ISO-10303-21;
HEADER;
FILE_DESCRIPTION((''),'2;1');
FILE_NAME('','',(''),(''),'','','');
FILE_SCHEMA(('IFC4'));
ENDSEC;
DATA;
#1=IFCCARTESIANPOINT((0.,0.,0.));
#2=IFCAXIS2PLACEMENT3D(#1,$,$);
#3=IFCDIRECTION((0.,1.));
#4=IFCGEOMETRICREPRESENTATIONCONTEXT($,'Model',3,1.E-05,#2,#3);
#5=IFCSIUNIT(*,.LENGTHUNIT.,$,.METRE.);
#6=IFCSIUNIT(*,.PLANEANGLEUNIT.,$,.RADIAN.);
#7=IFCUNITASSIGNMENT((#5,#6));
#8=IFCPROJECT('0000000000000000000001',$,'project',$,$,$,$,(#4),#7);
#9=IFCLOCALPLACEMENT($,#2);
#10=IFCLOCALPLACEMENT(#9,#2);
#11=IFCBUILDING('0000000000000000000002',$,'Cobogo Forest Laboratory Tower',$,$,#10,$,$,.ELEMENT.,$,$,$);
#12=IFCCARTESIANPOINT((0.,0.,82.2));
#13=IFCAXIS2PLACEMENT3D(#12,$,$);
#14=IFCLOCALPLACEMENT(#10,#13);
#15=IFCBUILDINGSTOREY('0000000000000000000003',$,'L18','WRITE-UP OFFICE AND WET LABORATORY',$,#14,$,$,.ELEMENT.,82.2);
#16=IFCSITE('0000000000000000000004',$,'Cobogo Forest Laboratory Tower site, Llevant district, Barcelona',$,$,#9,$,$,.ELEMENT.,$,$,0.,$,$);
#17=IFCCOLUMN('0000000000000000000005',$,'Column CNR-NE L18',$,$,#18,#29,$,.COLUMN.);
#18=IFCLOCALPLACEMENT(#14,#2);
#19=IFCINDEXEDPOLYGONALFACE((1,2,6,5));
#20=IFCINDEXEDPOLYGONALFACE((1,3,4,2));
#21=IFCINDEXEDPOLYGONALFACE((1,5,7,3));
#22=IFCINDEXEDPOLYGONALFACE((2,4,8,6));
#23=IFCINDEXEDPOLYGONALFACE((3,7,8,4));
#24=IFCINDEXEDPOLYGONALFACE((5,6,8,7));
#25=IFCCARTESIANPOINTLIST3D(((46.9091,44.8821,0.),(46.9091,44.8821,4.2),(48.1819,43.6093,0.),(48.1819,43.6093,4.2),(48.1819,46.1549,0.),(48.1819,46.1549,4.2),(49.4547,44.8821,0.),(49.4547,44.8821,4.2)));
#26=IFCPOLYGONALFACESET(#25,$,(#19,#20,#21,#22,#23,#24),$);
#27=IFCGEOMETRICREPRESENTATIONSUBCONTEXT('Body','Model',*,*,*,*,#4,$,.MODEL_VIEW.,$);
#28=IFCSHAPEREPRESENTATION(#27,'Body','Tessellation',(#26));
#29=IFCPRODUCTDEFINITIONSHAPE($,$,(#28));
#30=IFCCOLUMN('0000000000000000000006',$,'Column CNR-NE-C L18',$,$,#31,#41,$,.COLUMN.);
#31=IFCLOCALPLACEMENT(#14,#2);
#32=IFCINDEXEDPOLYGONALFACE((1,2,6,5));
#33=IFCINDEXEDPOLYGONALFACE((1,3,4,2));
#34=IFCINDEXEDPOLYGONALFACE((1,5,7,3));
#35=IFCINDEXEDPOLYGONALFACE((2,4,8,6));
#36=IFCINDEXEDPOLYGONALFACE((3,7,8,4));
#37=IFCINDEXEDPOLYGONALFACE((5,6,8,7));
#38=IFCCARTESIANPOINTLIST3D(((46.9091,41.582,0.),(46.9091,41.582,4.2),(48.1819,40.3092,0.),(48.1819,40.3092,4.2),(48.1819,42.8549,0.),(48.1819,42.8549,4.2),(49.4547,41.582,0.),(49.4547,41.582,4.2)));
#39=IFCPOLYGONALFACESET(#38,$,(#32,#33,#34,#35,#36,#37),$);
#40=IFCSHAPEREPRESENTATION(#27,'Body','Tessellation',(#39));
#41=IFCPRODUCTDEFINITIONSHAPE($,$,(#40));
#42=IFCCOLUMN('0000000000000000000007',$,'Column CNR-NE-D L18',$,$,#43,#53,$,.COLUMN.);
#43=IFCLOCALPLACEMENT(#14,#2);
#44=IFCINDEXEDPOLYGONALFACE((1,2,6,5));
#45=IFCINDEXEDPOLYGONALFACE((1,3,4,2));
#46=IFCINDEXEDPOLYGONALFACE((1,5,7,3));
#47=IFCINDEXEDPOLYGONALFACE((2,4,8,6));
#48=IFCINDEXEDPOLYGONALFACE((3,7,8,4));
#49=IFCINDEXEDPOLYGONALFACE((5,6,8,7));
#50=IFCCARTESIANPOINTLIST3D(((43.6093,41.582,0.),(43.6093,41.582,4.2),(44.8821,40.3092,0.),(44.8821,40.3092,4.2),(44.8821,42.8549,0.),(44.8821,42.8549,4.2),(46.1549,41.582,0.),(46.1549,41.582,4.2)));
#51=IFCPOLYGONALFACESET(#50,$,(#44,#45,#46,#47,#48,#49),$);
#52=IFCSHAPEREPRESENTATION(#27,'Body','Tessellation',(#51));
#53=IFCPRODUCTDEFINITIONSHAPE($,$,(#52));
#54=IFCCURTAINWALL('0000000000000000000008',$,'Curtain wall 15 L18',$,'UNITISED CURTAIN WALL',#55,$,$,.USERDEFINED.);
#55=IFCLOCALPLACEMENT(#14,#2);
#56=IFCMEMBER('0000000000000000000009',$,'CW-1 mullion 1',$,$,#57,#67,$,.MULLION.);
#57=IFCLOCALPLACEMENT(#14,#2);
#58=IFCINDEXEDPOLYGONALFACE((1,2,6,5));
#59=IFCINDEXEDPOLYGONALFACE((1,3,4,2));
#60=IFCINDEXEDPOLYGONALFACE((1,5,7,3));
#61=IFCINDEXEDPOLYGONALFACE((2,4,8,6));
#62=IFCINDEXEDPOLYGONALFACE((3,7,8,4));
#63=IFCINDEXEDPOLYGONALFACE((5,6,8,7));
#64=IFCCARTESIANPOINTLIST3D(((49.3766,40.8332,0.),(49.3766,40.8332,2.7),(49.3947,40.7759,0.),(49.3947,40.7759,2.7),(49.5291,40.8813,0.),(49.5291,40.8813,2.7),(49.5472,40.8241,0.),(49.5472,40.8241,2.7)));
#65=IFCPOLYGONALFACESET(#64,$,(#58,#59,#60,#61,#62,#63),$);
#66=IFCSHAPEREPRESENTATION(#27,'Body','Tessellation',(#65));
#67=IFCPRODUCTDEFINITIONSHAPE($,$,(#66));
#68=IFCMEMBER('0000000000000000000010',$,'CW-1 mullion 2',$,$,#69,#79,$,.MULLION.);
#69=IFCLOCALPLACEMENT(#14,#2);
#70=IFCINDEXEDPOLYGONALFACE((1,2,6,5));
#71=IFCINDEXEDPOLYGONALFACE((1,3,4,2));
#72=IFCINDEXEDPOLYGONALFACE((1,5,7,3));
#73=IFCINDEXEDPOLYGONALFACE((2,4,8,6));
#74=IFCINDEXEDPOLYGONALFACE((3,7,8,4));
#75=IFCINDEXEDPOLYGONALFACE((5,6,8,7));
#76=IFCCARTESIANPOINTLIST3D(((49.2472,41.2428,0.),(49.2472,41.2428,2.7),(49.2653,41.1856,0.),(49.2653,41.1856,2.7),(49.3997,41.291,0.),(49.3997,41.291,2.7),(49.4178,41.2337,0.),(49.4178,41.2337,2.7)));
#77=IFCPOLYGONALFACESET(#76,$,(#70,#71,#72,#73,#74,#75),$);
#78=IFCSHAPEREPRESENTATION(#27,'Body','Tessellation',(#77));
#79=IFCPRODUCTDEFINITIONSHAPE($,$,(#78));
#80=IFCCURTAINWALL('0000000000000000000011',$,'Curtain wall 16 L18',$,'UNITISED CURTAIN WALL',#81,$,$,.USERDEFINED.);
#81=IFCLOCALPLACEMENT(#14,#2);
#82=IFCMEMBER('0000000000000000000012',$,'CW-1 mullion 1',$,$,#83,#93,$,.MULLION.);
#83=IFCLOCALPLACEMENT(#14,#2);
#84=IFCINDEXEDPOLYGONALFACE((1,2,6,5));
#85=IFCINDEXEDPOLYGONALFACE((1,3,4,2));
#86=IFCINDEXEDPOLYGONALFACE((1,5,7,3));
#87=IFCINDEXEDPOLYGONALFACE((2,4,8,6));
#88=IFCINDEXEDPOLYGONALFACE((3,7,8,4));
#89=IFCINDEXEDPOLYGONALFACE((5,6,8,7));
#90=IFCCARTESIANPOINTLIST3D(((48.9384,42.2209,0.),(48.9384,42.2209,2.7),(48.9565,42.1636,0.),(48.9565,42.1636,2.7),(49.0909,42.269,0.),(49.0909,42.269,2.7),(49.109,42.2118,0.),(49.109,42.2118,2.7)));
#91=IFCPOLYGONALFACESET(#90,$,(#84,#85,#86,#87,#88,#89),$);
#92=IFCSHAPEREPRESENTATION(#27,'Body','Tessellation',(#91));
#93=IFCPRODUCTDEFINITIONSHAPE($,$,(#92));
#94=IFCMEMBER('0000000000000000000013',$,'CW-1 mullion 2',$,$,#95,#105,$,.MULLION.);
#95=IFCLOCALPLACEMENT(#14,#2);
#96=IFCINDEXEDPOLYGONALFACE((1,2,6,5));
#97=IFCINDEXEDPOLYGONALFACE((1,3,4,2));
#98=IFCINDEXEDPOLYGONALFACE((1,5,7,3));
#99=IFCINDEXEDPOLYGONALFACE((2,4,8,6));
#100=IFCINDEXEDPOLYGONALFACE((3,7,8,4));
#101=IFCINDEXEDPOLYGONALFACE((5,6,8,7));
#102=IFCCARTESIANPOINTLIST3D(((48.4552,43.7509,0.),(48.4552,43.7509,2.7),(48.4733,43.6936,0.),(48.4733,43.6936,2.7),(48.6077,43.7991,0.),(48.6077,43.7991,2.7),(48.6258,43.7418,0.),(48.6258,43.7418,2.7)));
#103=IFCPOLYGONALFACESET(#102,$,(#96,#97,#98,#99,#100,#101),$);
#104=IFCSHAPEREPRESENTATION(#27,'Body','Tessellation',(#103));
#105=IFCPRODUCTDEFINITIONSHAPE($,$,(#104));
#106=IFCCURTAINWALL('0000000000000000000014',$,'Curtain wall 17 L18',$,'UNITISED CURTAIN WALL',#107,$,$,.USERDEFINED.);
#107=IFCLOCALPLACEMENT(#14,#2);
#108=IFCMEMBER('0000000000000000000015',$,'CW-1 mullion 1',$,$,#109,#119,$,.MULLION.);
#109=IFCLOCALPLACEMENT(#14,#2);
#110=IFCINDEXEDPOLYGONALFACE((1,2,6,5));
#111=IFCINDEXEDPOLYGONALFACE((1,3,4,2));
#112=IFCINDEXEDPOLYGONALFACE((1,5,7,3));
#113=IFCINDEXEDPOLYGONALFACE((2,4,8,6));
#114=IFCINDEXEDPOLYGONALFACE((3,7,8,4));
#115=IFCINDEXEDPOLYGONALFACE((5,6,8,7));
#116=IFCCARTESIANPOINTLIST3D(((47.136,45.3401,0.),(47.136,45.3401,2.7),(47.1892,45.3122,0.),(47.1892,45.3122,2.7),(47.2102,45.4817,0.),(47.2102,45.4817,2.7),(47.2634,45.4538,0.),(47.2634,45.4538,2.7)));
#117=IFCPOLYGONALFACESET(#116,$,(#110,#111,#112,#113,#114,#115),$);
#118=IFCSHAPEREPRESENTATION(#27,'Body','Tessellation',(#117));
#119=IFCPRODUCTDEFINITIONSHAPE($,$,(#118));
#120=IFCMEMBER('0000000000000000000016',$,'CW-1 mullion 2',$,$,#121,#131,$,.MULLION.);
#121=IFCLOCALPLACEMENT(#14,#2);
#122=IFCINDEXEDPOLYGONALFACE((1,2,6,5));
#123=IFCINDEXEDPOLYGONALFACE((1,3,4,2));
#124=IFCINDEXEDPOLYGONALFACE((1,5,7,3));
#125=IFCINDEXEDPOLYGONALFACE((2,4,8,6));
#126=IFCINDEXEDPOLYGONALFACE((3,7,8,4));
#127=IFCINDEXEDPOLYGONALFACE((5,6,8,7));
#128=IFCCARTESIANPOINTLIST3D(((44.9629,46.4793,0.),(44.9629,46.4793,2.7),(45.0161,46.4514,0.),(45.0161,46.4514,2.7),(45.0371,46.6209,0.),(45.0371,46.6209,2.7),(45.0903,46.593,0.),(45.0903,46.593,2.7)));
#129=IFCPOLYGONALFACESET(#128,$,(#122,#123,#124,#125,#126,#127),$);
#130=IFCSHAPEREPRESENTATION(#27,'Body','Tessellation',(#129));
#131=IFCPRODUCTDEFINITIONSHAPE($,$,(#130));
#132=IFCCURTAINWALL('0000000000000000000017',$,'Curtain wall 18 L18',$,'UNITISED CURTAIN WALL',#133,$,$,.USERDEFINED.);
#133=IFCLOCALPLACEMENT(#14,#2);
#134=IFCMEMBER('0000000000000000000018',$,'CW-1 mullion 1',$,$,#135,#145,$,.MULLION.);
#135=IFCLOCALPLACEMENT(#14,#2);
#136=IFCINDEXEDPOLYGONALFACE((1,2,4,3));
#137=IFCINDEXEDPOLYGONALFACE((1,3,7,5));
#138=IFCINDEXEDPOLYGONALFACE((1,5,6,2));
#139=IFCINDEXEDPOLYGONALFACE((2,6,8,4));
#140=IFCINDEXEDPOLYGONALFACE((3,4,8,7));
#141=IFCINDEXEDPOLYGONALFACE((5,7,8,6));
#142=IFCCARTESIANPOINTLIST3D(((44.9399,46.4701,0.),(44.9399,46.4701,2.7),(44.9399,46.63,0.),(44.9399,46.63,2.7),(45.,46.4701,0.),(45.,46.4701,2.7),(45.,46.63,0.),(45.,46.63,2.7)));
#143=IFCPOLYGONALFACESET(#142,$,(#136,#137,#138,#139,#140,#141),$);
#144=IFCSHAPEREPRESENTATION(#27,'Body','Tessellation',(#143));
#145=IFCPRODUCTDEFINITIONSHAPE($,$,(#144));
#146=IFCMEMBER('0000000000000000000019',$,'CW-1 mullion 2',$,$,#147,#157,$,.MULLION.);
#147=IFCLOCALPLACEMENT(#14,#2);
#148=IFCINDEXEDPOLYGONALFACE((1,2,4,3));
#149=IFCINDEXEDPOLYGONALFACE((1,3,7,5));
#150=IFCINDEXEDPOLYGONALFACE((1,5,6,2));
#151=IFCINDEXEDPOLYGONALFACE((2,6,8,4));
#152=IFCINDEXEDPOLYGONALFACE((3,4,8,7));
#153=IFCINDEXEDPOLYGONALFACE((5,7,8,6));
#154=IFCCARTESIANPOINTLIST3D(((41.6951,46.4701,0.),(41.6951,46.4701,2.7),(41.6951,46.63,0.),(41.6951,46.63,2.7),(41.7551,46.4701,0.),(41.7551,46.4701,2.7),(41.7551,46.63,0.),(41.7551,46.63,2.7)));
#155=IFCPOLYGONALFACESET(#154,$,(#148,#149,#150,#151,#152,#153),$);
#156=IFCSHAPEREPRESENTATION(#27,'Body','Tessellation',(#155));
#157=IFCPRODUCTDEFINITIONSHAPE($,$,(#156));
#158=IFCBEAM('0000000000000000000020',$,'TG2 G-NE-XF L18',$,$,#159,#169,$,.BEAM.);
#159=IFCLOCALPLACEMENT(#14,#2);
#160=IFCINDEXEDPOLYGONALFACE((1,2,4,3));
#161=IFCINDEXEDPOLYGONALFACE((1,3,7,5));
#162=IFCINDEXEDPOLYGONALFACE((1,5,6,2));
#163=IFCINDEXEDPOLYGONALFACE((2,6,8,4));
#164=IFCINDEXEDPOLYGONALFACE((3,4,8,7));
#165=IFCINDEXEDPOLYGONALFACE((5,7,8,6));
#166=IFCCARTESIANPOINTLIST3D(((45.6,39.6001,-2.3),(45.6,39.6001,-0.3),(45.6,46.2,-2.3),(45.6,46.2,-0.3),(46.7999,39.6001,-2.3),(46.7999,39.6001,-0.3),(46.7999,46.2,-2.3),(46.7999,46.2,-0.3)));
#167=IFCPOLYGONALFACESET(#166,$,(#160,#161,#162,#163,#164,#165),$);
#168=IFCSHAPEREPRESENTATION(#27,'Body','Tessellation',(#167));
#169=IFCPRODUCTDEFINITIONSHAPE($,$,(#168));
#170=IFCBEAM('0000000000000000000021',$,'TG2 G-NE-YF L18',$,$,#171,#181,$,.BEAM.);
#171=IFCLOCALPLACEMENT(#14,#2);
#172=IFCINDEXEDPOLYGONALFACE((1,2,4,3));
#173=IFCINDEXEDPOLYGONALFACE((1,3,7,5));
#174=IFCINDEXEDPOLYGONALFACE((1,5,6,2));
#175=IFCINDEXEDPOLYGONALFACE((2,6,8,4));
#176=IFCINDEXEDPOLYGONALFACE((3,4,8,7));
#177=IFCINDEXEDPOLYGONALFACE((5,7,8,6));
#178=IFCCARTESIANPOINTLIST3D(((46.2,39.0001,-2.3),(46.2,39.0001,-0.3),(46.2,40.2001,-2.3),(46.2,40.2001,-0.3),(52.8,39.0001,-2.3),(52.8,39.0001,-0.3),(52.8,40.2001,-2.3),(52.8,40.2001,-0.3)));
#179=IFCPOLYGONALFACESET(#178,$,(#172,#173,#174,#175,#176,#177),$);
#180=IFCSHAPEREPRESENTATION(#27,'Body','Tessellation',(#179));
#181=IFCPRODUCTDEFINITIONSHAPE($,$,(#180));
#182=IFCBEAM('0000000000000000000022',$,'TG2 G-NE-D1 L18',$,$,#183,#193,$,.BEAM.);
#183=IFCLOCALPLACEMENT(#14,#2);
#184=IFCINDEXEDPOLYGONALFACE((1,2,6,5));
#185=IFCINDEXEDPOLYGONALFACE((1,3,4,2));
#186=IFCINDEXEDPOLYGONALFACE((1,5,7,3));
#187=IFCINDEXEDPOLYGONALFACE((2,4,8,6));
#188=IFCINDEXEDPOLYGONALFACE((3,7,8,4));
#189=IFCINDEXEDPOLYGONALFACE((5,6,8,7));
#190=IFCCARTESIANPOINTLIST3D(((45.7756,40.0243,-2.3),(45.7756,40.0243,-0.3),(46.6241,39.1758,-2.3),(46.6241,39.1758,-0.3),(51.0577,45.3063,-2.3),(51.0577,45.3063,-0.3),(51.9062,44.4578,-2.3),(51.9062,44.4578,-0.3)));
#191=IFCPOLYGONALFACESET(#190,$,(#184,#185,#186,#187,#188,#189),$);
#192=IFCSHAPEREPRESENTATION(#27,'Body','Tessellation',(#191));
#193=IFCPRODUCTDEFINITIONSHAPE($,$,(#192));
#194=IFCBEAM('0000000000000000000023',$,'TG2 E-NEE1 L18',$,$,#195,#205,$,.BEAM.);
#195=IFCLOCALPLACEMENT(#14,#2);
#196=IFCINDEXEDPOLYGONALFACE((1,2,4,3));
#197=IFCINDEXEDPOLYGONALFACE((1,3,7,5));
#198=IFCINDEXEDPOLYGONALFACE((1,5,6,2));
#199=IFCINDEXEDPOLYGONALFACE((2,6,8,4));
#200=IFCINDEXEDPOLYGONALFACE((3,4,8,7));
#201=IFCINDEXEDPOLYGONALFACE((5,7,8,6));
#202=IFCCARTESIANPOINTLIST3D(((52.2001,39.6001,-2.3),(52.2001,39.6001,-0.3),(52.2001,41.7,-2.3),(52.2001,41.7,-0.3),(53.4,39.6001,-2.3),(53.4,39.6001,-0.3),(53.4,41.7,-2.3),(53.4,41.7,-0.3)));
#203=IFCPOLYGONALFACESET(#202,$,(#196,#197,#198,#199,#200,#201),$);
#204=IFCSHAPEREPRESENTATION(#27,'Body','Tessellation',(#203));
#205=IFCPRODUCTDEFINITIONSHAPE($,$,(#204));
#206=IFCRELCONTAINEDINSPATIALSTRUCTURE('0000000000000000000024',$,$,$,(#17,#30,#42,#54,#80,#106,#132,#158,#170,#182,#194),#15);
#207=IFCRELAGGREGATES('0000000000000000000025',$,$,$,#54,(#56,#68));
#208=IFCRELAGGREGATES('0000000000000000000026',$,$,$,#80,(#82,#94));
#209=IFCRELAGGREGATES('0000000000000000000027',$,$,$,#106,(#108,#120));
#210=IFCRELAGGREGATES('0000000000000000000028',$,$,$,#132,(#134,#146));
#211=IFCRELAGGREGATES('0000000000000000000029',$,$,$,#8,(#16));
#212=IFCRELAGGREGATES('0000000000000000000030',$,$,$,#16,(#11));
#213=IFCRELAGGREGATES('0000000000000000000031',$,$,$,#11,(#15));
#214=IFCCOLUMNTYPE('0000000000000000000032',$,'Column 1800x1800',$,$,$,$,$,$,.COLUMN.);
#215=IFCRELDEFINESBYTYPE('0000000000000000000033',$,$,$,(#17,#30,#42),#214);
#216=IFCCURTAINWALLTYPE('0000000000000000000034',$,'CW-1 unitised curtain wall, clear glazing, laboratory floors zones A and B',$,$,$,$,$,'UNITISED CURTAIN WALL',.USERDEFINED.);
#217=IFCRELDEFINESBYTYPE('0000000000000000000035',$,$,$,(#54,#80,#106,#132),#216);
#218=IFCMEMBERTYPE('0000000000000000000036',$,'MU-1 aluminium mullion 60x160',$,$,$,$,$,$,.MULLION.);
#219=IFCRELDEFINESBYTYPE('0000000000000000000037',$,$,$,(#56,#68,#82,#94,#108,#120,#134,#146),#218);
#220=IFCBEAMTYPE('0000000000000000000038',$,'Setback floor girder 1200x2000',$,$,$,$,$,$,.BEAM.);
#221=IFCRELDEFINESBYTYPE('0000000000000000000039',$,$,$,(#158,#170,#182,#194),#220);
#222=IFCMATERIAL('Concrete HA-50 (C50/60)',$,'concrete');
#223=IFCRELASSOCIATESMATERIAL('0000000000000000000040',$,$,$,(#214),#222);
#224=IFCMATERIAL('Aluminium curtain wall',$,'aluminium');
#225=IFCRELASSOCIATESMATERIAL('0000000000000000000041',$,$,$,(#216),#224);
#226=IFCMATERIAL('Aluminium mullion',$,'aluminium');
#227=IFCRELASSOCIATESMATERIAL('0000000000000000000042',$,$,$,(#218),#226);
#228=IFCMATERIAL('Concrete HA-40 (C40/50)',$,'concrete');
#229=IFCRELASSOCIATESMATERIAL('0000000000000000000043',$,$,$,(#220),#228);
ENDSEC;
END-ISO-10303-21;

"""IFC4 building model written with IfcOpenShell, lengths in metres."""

from ifc_helpers import new_model, si_unit, direction, frame, origin, origin_2d, place, context, subcontext, project, spatial, rectangle, extrude, material, material_profile, profile_set, type_object, element, aggregate, save


model = new_model("IFC4")

# Units and contexts
model_context = context("Model", 3, precision=1e-05, world=origin(), true_north=direction((0.0, 1.0)))
body_context = subcontext(model_context, "Body", "Model", "MODEL_VIEW")
ifc_project = project(units=[si_unit("LENGTHUNIT", "METRE"), si_unit("PLANEANGLEUNIT", "RADIAN")], contexts=[model_context])

# Site, building, storey
site_placement = place(None, origin())
site = spatial("IfcSite", under=ifc_project, at=site_placement, Name="Cobogo Forest Laboratory Tower site, Llevant district, Barcelona", CompositionType="ELEMENT", RefElevation=0.0)
building_placement = place(site_placement, origin())
building = spatial("IfcBuilding", under=site, at=building_placement, Name="Cobogo Forest Laboratory Tower", CompositionType="ELEMENT")
storey_placement = place(building_placement, frame((0.0, 0.0, 82.2)))
storey = spatial("IfcBuildingStorey", under=building, at=storey_placement, Name="L18", Description="WRITE-UP OFFICE AND WET LABORATORY", CompositionType="ELEMENT", Elevation=82.2)

# Columns
ifc_material_1 = material(Name="Concrete HA-50 (C50/60)", Category="concrete")
ifc_material_profile_1 = material_profile(ifc_material_1, rectangle(XDim=1.8, YDim=1.8, at=origin_2d()), Name="RC 1800x1800")
ifc_profile_set_1 = profile_set([ifc_material_profile_1], Name="Concrete HA-50 (C50/60)")
column_type = type_object("IfcColumnType", Name="Column 1800x1800", PredefinedType="COLUMN", material=ifc_profile_set_1)
for number, where, z_axis, x_axis, name in (
    (1, (48.1819, 44.8821, 0.0), (0.0, 0.0, 1.0), (0.707107, 0.707107, 0.0), "Column CNR-NE L18"),
    (2, (48.1819, 41.582, 0.0), (0.0, 0.0, 1.0), (0.707107, 0.707107, 0.0), "Column CNR-NE-C L18"),
    (3, (44.8821, 41.582, 0.0), (0.0, 0.0, 1.0), (0.707107, 0.707107, 0.0), "Column CNR-NE-D L18"),
):
    element("IfcColumn", number, at=place(storey_placement, frame(where, z_axis=z_axis, x_axis=x_axis)), inside=storey, type_object=column_type, Name=name, PredefinedType="COLUMN", context=body_context, shape_type="SweptSolid", body=[
        extrude(rectangle(XDim=1.8, YDim=1.8, at=origin_2d()), origin(), (0.0, 0.0, 1.0), 4.2),
    ])

# Curtain walls, members
ifc_material_2 = material(Name="Aluminium curtain wall", Category="aluminium")
curtain_wall_type = type_object("IfcCurtainWallType", Name="CW-1 unitised curtain wall, clear glazing, laboratory floors zones A and B", ElementType="UNITISED CURTAIN WALL", PredefinedType="USERDEFINED", material=ifc_material_2)
curtain_wall_1_placement = place(storey_placement, origin())
curtain_wall_1 = element("IfcCurtainWall", 4, at=curtain_wall_1_placement, inside=storey, type_object=curtain_wall_type, Name="Curtain wall 15 L18", ObjectType="UNITISED CURTAIN WALL", PredefinedType="USERDEFINED")
ifc_material_3 = material(Name="Aluminium mullion", Category="aluminium")
ifc_material_profile_2 = material_profile(ifc_material_3, rectangle(XDim=0.0601, YDim=0.1599, at=origin_2d()), Name="AL 60x160")
ifc_profile_set_2 = profile_set([ifc_material_profile_2], Name="Aluminium mullion")
member_type_1 = type_object("IfcMemberType", Name="MU-1 aluminium mullion 60x160", PredefinedType="MULLION", material=ifc_profile_set_2)
member_1_placement = place(storey_placement, frame((49.4619, 40.8286, 0.0), z_axis=(0.0, 0.0, 1.0), x_axis=(-0.301135, 0.953582, 0.0)))
member_1 = element("IfcMember", 5, at=member_1_placement, type_object=member_type_1, Name="CW-1 mullion 1", PredefinedType="MULLION", context=body_context, shape_type="SweptSolid", body=[
    extrude(rectangle(XDim=0.0601, YDim=0.1599, at=origin_2d()), origin(), (0.0, 0.0, 1.0), 2.7),
])
member_2_placement = place(storey_placement, frame((49.3325, 41.2383, 0.0), z_axis=(0.0, 0.0, 1.0), x_axis=(-0.301135, 0.953582, 0.0)))
member_2 = element("IfcMember", 6, at=member_2_placement, type_object=member_type_1, Name="CW-1 mullion 2", PredefinedType="MULLION", context=body_context, shape_type="SweptSolid", body=[
    extrude(rectangle(XDim=0.0601, YDim=0.1599, at=origin_2d()), origin(), (0.0, 0.0, 1.0), 2.7),
])
curtain_wall_2_placement = place(storey_placement, origin())
curtain_wall_2 = element("IfcCurtainWall", 7, at=curtain_wall_2_placement, inside=storey, type_object=curtain_wall_type, Name="Curtain wall 16 L18", ObjectType="UNITISED CURTAIN WALL", PredefinedType="USERDEFINED")
member_3_placement = place(storey_placement, frame((49.0237, 42.2163, 0.0), z_axis=(0.0, 0.0, 1.0), x_axis=(-0.301135, 0.953581, 0.0)))
member_3 = element("IfcMember", 8, at=member_3_placement, type_object=member_type_1, Name="CW-1 mullion 1", PredefinedType="MULLION", context=body_context, shape_type="SweptSolid", body=[
    extrude(rectangle(XDim=0.0601, YDim=0.1599, at=origin_2d()), origin(), (0.0, 0.0, 1.0), 2.7),
])
member_4_placement = place(storey_placement, frame((48.5405, 43.7463, 0.0), z_axis=(0.0, 0.0, 1.0), x_axis=(-0.301135, 0.953581, 0.0)))
member_4 = element("IfcMember", 9, at=member_4_placement, type_object=member_type_1, Name="CW-1 mullion 2", PredefinedType="MULLION", context=body_context, shape_type="SweptSolid", body=[
    extrude(rectangle(XDim=0.0601, YDim=0.1599, at=origin_2d()), origin(), (0.0, 0.0, 1.0), 2.7),
])
curtain_wall_3_placement = place(storey_placement, origin())
curtain_wall_3 = element("IfcCurtainWall", 10, at=curtain_wall_3_placement, inside=storey, type_object=curtain_wall_type, Name="Curtain wall 17 L18", ObjectType="UNITISED CURTAIN WALL", PredefinedType="USERDEFINED")
member_5_placement = place(storey_placement, frame((47.1997, 45.397, 0.0), z_axis=(0.0, 0.0, 1.0), x_axis=(-0.885687, 0.464284, 0.0)))
member_5 = element("IfcMember", 11, at=member_5_placement, type_object=member_type_1, Name="CW-1 mullion 1", PredefinedType="MULLION", context=body_context, shape_type="SweptSolid", body=[
    extrude(rectangle(XDim=0.0601, YDim=0.1599, at=origin_2d()), origin(), (0.0, 0.0, 1.0), 2.7),
])
member_6_placement = place(storey_placement, frame((45.0266, 46.5361, 0.0), z_axis=(0.0, 0.0, 1.0), x_axis=(-0.885687, 0.464284, 0.0)))
member_6 = element("IfcMember", 12, at=member_6_placement, type_object=member_type_1, Name="CW-1 mullion 2", PredefinedType="MULLION", context=body_context, shape_type="SweptSolid", body=[
    extrude(rectangle(XDim=0.0601, YDim=0.1599, at=origin_2d()), origin(), (0.0, 0.0, 1.0), 2.7),
])
curtain_wall_4_placement = place(storey_placement, origin())
curtain_wall_4 = element("IfcCurtainWall", 13, at=curtain_wall_4_placement, inside=storey, type_object=curtain_wall_type, Name="Curtain wall 18 L18", ObjectType="UNITISED CURTAIN WALL", PredefinedType="USERDEFINED")
member_7_placement = place(storey_placement, frame((44.97, 46.55, 0.0), z_axis=(0.0, 0.0, 1.0), x_axis=(-1.0, 0.0, 0.0)))
member_7 = element("IfcMember", 14, at=member_7_placement, type_object=member_type_1, Name="CW-1 mullion 1", PredefinedType="MULLION", context=body_context, shape_type="SweptSolid", body=[
    extrude(rectangle(XDim=0.0601, YDim=0.1599, at=origin_2d()), origin(), (0.0, 0.0, 1.0), 2.7),
])
member_8_placement = place(storey_placement, frame((41.7251, 46.55, 0.0), z_axis=(0.0, 0.0, 1.0), x_axis=(-1.0, 0.0, 0.0)))
member_8 = element("IfcMember", 15, at=member_8_placement, type_object=member_type_1, Name="CW-1 mullion 2", PredefinedType="MULLION", context=body_context, shape_type="SweptSolid", body=[
    extrude(rectangle(XDim=0.0601, YDim=0.1599, at=origin_2d()), origin(), (0.0, 0.0, 1.0), 2.7),
])

# Beams
ifc_material_4 = material(Name="Concrete HA-40 (C40/50)", Category="concrete")
ifc_material_profile_3 = material_profile(ifc_material_4, rectangle(XDim=1.2, YDim=2.0, at=origin_2d()), Name="RC 1200x2000")
ifc_profile_set_3 = profile_set([ifc_material_profile_3], Name="Concrete HA-40 (C40/50)")
beam_type = type_object("IfcBeamType", Name="Setback floor girder 1200x2000", PredefinedType="BEAM", material=ifc_profile_set_3)
beam_1_placement = place(storey_placement, frame((46.2, 46.2, -1.3), z_axis=(0.0, -1.0, 0.0), x_axis=(1.0, 0.0, 0.0)))
element("IfcBeam", 16, at=beam_1_placement, inside=storey, type_object=beam_type, Name="TG2 G-NE-XF L18", PredefinedType="BEAM", context=body_context, shape_type="SweptSolid", body=[
    extrude(rectangle(XDim=1.2, YDim=2.0, at=origin_2d()), origin(), (0.0, 0.0, 1.0), 6.5999),
])
beam_2_placement = place(storey_placement, frame((52.8, 39.6001, -1.3), z_axis=(-1.0, 0.0, 0.0), x_axis=(0.0, -1.0, 0.0)))
element("IfcBeam", 17, at=beam_2_placement, inside=storey, type_object=beam_type, Name="TG2 G-NE-YF L18", PredefinedType="BEAM", context=body_context, shape_type="SweptSolid", body=[
    extrude(rectangle(XDim=1.2, YDim=2.0, at=origin_2d()), origin(), (0.0, 0.0, 1.0), 6.6001),
])
beam_3_placement = place(storey_placement, frame((51.4819, 44.8821, -1.3), z_axis=(-0.707107, -0.707107, 0.0), x_axis=(0.707107, -0.707107, 0.0)))
element("IfcBeam", 18, at=beam_3_placement, inside=storey, type_object=beam_type, Name="TG2 G-NE-D1 L18", PredefinedType="BEAM", context=body_context, shape_type="SweptSolid", body=[
    extrude(rectangle(XDim=1.2, YDim=2.0, at=origin_2d()), origin(), (0.0, 0.0, 1.0), 7.47),
])
beam_4_placement = place(storey_placement, frame((52.8, 39.6001, -1.3), z_axis=(0.0, 1.0, 0.0), x_axis=(-1.0, 0.0, 0.0)))
element("IfcBeam", 19, at=beam_4_placement, inside=storey, type_object=beam_type, Name="TG2 E-NEE1 L18", PredefinedType="BEAM", context=body_context, shape_type="SweptSolid", body=[
    extrude(rectangle(XDim=1.2, YDim=2.0, at=origin_2d()), origin(), (0.0, 0.0, 1.0), 2.0999),
])

aggregate(curtain_wall_1, [member_1, member_2])
aggregate(curtain_wall_2, [member_3, member_4])
aggregate(curtain_wall_3, [member_5, member_6])
aggregate(curtain_wall_4, [member_7, member_8])

save(model, "model.ifc")
